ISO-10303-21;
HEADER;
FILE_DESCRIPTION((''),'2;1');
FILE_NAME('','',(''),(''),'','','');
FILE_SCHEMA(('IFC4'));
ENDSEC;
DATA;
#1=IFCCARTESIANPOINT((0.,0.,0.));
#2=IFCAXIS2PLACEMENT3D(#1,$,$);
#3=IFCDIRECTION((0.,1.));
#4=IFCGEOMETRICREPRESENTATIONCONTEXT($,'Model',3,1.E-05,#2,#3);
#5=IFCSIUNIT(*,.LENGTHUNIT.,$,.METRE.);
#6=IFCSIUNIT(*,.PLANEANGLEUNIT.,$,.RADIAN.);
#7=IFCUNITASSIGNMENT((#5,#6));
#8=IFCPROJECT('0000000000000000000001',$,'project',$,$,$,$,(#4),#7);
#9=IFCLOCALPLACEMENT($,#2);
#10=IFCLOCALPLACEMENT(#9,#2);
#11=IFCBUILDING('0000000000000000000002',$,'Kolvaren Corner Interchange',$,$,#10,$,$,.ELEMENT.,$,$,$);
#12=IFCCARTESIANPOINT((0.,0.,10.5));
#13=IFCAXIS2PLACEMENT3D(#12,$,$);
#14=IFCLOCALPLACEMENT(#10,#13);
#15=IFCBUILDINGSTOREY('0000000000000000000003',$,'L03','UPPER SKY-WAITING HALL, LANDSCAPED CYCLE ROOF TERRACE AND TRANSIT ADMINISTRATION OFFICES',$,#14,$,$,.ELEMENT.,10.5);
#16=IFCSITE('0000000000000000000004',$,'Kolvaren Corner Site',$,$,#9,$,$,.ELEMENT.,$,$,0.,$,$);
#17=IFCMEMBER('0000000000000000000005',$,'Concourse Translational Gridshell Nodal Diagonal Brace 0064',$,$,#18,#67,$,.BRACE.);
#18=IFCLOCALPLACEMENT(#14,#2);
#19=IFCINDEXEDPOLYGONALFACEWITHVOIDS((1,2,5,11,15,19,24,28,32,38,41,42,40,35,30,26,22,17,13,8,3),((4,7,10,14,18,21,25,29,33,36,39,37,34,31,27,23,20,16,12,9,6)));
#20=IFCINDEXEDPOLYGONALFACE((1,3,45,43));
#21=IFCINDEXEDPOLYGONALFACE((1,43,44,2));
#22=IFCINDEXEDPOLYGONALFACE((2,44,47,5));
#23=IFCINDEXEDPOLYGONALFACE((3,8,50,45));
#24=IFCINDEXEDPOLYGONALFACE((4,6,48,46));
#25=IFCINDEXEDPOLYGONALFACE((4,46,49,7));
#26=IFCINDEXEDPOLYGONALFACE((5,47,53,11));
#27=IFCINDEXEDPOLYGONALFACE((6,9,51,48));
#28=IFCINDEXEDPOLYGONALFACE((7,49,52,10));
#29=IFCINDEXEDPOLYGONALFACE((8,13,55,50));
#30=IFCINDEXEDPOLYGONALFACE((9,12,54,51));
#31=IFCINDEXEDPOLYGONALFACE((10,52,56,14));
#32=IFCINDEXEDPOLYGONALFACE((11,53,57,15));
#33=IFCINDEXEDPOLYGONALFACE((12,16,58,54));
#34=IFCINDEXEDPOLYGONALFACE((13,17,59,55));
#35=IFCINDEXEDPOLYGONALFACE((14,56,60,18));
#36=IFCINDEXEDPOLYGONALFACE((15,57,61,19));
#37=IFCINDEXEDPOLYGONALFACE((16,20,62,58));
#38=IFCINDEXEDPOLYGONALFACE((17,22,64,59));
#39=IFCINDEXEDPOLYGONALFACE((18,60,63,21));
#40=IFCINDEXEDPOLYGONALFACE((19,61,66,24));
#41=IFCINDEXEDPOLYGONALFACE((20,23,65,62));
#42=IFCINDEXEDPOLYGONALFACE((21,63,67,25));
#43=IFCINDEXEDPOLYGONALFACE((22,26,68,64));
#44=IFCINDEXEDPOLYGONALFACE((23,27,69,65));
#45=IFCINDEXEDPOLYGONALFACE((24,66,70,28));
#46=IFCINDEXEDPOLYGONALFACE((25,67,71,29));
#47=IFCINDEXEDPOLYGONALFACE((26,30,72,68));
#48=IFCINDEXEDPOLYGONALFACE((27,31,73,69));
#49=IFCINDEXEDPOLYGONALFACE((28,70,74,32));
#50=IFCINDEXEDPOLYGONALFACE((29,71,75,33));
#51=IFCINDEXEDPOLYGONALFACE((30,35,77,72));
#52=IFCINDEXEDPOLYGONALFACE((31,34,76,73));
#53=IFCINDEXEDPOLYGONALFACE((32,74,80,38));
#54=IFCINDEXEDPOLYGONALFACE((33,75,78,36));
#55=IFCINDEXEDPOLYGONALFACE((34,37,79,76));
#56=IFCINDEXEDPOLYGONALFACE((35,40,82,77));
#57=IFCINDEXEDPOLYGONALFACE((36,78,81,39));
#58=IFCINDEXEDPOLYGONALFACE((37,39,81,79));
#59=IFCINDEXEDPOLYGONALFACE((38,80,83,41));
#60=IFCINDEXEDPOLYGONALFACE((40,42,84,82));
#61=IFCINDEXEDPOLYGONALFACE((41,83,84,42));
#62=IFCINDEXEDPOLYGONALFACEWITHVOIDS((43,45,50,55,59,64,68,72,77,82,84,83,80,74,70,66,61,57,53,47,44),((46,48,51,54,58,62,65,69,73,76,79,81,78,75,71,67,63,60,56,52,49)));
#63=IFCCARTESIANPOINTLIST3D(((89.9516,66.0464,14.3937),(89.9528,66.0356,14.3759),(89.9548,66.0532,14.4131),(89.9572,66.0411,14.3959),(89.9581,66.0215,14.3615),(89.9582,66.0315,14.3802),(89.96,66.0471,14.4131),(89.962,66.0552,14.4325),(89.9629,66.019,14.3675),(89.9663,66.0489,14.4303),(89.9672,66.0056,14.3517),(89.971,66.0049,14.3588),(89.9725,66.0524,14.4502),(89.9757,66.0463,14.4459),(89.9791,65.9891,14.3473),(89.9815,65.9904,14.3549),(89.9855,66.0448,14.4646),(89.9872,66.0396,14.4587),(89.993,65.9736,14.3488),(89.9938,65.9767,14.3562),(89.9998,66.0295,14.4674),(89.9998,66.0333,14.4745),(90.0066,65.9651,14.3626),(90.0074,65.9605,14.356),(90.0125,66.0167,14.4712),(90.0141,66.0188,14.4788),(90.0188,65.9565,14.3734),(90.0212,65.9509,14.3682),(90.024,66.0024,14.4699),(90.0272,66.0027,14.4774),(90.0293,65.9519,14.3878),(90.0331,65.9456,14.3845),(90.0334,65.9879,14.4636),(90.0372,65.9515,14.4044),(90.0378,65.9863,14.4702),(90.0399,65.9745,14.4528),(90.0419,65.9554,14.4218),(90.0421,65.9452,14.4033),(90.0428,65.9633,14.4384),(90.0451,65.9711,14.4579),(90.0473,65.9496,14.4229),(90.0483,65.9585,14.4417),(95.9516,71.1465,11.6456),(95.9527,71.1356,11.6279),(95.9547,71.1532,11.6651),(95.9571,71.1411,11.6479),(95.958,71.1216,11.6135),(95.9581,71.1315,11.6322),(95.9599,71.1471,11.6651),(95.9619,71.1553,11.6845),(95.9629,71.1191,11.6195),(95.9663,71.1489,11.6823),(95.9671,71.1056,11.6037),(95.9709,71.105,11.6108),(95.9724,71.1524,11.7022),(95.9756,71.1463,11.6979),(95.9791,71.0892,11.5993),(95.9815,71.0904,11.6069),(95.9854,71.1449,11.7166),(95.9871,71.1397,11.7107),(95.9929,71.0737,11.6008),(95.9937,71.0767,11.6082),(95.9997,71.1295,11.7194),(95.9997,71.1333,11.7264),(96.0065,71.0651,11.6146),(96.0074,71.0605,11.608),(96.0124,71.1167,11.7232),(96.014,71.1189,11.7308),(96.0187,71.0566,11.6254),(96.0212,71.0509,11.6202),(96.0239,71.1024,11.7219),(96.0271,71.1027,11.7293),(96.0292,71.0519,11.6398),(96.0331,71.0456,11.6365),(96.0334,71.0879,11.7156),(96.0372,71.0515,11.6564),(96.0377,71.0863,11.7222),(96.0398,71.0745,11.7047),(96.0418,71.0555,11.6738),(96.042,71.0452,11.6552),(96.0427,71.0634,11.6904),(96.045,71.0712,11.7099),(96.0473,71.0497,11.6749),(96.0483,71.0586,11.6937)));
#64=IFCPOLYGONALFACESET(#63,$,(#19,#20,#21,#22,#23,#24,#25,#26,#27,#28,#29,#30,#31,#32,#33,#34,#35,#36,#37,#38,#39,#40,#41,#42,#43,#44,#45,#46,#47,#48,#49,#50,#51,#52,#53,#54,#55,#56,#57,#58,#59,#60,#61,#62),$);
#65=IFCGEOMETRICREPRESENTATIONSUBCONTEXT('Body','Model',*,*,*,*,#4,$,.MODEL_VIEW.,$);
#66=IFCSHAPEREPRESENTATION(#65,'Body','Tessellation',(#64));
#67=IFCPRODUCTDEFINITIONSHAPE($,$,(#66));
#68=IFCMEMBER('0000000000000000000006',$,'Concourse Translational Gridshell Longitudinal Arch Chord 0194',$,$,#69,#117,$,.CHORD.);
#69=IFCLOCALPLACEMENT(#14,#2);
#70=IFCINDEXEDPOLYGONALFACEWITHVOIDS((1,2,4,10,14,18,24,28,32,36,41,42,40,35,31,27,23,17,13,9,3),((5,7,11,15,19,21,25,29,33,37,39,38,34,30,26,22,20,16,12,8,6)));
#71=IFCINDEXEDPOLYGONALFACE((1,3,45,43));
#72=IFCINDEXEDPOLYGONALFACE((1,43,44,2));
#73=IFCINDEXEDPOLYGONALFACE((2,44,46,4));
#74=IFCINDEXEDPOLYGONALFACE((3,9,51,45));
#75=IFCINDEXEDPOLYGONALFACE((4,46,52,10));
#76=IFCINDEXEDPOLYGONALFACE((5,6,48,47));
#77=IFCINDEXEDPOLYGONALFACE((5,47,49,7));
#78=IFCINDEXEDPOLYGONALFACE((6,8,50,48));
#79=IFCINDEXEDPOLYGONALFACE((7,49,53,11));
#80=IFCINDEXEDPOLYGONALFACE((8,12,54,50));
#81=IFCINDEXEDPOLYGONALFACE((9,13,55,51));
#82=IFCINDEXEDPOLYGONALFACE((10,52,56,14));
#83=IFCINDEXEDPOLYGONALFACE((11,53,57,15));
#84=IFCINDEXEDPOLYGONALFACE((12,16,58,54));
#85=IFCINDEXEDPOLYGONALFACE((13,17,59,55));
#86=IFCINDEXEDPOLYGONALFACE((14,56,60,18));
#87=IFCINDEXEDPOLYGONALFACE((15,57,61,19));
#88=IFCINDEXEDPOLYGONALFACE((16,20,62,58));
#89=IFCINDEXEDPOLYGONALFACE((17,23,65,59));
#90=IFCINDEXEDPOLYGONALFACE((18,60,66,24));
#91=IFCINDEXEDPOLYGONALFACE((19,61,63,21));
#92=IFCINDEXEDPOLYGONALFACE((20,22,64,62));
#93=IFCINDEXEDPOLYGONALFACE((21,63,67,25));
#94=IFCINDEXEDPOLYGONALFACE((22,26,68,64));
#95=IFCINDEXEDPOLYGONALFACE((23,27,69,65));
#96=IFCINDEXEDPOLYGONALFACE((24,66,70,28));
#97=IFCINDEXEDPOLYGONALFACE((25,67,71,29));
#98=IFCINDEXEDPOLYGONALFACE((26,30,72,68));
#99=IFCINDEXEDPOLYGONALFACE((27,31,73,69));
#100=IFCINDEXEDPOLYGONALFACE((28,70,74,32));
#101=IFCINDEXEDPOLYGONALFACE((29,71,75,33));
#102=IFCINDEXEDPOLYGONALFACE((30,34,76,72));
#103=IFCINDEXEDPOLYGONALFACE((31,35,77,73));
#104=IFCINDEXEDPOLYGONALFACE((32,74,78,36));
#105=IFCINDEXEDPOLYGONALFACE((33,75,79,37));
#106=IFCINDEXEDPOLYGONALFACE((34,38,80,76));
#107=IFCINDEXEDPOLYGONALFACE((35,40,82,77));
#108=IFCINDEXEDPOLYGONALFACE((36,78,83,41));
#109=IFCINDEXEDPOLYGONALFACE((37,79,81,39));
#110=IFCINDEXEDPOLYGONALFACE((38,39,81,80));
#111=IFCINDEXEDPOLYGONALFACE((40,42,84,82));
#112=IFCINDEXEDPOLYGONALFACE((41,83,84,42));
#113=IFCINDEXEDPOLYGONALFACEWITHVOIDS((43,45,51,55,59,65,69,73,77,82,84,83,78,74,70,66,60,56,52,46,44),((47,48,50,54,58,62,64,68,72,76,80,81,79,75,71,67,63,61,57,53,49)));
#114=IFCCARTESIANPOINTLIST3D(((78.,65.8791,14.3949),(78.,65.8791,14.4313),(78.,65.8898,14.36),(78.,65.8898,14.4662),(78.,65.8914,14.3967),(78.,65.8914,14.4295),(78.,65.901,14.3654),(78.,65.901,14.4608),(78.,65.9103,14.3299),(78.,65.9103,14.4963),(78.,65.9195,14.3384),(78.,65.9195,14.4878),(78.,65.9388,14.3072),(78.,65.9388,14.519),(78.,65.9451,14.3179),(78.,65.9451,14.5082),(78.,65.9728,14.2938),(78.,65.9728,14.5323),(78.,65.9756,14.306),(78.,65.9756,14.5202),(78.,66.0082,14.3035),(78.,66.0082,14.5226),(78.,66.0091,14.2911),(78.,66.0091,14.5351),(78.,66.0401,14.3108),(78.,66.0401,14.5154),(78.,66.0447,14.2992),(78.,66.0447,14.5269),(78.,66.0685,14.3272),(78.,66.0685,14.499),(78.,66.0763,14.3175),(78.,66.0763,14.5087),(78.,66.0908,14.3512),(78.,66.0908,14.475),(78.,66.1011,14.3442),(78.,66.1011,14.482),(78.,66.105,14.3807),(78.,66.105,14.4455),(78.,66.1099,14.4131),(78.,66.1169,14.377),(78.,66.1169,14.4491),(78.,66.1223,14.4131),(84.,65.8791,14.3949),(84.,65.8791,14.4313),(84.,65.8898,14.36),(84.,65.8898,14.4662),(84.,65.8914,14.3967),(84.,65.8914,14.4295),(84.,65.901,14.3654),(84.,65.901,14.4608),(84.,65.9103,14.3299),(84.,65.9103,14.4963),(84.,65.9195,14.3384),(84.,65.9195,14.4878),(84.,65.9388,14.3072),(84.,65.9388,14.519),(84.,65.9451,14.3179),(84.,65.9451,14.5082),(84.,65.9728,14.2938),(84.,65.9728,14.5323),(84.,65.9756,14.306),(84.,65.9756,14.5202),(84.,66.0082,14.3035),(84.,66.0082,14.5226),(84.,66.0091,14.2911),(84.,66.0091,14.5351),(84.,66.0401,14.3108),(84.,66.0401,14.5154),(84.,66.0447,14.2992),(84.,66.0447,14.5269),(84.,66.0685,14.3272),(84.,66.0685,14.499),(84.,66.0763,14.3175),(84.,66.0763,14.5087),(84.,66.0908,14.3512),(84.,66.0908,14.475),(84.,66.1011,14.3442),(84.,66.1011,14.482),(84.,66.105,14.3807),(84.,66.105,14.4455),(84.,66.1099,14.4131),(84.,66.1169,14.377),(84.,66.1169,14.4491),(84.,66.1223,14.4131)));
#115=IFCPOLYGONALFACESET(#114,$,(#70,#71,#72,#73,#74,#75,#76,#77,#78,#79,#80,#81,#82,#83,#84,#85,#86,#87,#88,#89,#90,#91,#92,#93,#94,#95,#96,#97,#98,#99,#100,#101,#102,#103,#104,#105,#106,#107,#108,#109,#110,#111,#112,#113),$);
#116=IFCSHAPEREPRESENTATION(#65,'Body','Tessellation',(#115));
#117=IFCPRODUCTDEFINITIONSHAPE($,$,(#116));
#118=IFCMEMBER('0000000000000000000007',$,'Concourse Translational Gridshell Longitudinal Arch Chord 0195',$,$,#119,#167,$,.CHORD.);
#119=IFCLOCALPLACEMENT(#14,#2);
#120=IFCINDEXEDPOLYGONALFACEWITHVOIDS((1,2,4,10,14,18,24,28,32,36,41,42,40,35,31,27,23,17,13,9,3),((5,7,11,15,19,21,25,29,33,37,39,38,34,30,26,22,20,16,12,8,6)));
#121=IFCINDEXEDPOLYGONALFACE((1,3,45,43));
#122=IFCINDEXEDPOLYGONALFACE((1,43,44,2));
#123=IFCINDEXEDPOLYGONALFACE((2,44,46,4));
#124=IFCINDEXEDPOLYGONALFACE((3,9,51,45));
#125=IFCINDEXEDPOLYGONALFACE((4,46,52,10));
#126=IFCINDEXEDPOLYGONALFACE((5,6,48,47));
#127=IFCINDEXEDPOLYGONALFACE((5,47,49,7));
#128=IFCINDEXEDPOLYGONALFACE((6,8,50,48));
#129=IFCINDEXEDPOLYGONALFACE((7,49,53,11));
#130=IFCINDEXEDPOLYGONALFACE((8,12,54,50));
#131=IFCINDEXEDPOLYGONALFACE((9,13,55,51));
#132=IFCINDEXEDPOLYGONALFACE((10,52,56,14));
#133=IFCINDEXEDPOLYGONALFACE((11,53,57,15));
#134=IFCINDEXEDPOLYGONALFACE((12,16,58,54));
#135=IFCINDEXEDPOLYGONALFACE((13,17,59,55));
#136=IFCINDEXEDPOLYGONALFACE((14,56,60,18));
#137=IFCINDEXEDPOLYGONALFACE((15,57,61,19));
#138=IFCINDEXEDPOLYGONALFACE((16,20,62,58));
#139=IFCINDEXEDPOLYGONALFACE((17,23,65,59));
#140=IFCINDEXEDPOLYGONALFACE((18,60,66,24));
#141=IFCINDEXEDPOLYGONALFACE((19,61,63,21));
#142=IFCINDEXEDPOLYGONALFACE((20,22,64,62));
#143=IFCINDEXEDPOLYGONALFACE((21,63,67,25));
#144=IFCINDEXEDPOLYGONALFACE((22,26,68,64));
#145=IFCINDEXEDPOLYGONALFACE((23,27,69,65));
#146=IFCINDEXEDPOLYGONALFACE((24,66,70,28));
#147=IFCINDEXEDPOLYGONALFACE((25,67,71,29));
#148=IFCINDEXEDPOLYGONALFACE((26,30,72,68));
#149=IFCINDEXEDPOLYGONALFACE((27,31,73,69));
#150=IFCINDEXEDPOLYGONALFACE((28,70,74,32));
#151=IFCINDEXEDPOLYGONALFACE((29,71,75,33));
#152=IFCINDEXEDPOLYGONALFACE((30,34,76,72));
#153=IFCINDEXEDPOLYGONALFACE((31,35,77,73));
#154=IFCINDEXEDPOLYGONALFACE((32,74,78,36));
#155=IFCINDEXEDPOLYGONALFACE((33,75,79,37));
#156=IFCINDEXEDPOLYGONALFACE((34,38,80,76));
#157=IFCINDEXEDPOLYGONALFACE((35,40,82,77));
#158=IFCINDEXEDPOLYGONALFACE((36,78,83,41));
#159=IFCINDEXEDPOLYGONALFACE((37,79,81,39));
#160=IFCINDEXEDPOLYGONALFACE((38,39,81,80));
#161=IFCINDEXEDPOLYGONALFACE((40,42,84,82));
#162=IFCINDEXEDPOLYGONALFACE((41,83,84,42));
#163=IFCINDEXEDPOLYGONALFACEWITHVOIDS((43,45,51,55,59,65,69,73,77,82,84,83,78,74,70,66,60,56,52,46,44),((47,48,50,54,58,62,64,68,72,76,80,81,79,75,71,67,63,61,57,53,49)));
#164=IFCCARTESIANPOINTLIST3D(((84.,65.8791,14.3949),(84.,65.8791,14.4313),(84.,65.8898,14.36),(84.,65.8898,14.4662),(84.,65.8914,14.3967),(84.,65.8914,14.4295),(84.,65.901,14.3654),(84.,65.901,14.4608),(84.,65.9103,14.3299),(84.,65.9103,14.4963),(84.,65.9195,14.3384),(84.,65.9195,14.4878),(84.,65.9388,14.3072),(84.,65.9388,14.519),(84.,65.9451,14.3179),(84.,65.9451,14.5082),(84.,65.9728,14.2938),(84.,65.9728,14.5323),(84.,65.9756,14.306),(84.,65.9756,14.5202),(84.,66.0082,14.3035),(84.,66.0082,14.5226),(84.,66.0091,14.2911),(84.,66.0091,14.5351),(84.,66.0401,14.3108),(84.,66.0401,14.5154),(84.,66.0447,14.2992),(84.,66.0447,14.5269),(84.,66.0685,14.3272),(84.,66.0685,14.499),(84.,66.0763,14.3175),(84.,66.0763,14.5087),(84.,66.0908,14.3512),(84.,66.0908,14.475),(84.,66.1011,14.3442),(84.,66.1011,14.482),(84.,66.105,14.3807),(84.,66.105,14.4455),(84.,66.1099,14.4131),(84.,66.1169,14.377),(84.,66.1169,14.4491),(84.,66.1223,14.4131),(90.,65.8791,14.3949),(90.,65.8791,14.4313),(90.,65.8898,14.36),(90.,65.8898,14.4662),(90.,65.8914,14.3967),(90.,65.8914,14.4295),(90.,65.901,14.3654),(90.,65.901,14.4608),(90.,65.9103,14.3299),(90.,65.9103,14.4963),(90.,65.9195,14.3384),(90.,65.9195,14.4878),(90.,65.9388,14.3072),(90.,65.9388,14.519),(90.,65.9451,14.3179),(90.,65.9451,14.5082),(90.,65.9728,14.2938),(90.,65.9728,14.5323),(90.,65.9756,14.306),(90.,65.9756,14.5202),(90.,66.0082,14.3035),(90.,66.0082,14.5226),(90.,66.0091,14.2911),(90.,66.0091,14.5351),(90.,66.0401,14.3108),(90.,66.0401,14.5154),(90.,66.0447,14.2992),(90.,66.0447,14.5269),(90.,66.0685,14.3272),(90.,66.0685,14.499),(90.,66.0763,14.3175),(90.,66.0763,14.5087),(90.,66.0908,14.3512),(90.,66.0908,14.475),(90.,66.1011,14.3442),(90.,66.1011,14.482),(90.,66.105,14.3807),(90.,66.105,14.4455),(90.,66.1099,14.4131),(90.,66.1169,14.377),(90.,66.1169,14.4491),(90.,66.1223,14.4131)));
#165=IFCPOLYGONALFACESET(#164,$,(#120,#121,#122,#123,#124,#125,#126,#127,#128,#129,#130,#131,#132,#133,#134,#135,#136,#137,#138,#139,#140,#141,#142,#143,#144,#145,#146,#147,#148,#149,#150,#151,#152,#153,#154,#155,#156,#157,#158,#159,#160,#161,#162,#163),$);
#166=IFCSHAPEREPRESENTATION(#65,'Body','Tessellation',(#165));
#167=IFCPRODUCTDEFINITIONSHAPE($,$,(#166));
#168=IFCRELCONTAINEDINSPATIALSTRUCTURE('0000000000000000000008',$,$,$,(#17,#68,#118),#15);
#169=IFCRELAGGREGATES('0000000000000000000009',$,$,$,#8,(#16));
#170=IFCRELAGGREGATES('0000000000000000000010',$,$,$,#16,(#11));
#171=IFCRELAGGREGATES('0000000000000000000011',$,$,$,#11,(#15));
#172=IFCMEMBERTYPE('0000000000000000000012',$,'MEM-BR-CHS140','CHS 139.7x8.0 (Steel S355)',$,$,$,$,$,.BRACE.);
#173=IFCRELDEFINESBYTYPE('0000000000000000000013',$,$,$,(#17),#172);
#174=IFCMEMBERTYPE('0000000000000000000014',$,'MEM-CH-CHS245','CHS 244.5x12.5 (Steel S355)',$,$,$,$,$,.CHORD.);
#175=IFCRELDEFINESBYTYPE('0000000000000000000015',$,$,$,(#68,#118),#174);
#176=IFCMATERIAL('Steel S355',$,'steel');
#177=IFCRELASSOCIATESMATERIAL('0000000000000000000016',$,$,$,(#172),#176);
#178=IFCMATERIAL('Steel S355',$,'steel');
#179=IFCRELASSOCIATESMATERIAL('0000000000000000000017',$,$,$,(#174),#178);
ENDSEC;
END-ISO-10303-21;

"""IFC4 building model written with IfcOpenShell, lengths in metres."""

from ifc_helpers import new_model, si_unit, direction, frame, origin, origin_2d, place, context, subcontext, project, spatial, hollow_circle, extrude, material, material_profile, profile_set, type_object, element, save


model = new_model("IFC4")

# Units and contexts
model_context = context("Model", 3, precision=1e-05, world=origin(), true_north=direction((0.0, 1.0)))
body_context = subcontext(model_context, "Body", "Model", "MODEL_VIEW")
ifc_project = project(units=[si_unit("LENGTHUNIT", "METRE"), si_unit("PLANEANGLEUNIT", "RADIAN")], contexts=[model_context])

# Site, building, storey
site_placement = place(None, origin())
site = spatial("IfcSite", under=ifc_project, at=site_placement, Name="Kolvaren Corner Site", CompositionType="ELEMENT", RefElevation=0.0)
building_placement = place(site_placement, origin())
building = spatial("IfcBuilding", under=site, at=building_placement, Name="Kolvaren Corner Interchange", CompositionType="ELEMENT")
storey_placement = place(building_placement, frame((0.0, 0.0, 10.5)))
storey = spatial("IfcBuildingStorey", under=building, at=storey_placement, Name="L03", Description="UPPER SKY-WAITING HALL, LANDSCAPED CYCLE ROOF TERRACE AND TRANSIT ADMINISTRATION OFFICES", CompositionType="ELEMENT", Elevation=10.5)

# Members
ifc_material_1 = material(Name="Steel S355", Category="steel")
ifc_material_profile_1 = material_profile(ifc_material_1, hollow_circle(Radius=0.0698, WallThickness=0.0081, at=origin_2d()), Name="CHS 139.7x8.0")
ifc_profile_set_1 = profile_set([ifc_material_profile_1], Name="Steel S355")
member_type_1 = type_object("IfcMemberType", Name="MEM-BR-CHS140", Description="CHS 139.7x8.0 (Steel S355)", PredefinedType="BRACE", material=ifc_profile_set_1)
for number, where, z_axis, x_axis, name in (
    (1, (90.0, 66.0, 14.4131), (0.719387, 0.611491, -0.329485), (-0.647656, 0.761933, 0.0), "Concourse Translational Gridshell Nodal Diagonal Brace 0064"),
):
    element("IfcMember", number, at=place(storey_placement, frame(where, z_axis=z_axis, x_axis=x_axis)), inside=storey, type_object=member_type_1, Name=name, PredefinedType="BRACE", context=body_context, shape_type="SweptSolid", body=[
        extrude(hollow_circle(Radius=0.0698, WallThickness=0.0081, at=origin_2d()), origin(), (0.0, 0.0, 1.0), 8.3403),
    ])
ifc_material_2 = material(Name="Steel S355", Category="steel")
ifc_material_profile_2 = material_profile(ifc_material_2, hollow_circle(Radius=0.1223, WallThickness=0.0125, at=origin_2d()), Name="CHS 244.5x12.5")
ifc_profile_set_2 = profile_set([ifc_material_profile_2], Name="Steel S355")
member_type_2 = type_object("IfcMemberType", Name="MEM-CH-CHS245", Description="CHS 244.5x12.5 (Steel S355)", PredefinedType="CHORD", material=ifc_profile_set_2)
for number, where, z_axis, x_axis, name in (
    (2, (78.0, 66.0, 14.4131), (1.0, 0.0, 0.0), (0.0, 1.0, 0.0), "Concourse Translational Gridshell Longitudinal Arch Chord 0194"),
    (3, (84.0, 66.0, 14.4131), (1.0, 0.0, 0.0), (0.0, 1.0, 0.0), "Concourse Translational Gridshell Longitudinal Arch Chord 0195"),
):
    element("IfcMember", number, at=place(storey_placement, frame(where, z_axis=z_axis, x_axis=x_axis)), inside=storey, type_object=member_type_2, Name=name, PredefinedType="CHORD", context=body_context, shape_type="SweptSolid", body=[
        extrude(hollow_circle(Radius=0.1223, WallThickness=0.0125, at=origin_2d()), origin(), (0.0, 0.0, 1.0), 6.0),
    ])

save(model, "model.ifc")
